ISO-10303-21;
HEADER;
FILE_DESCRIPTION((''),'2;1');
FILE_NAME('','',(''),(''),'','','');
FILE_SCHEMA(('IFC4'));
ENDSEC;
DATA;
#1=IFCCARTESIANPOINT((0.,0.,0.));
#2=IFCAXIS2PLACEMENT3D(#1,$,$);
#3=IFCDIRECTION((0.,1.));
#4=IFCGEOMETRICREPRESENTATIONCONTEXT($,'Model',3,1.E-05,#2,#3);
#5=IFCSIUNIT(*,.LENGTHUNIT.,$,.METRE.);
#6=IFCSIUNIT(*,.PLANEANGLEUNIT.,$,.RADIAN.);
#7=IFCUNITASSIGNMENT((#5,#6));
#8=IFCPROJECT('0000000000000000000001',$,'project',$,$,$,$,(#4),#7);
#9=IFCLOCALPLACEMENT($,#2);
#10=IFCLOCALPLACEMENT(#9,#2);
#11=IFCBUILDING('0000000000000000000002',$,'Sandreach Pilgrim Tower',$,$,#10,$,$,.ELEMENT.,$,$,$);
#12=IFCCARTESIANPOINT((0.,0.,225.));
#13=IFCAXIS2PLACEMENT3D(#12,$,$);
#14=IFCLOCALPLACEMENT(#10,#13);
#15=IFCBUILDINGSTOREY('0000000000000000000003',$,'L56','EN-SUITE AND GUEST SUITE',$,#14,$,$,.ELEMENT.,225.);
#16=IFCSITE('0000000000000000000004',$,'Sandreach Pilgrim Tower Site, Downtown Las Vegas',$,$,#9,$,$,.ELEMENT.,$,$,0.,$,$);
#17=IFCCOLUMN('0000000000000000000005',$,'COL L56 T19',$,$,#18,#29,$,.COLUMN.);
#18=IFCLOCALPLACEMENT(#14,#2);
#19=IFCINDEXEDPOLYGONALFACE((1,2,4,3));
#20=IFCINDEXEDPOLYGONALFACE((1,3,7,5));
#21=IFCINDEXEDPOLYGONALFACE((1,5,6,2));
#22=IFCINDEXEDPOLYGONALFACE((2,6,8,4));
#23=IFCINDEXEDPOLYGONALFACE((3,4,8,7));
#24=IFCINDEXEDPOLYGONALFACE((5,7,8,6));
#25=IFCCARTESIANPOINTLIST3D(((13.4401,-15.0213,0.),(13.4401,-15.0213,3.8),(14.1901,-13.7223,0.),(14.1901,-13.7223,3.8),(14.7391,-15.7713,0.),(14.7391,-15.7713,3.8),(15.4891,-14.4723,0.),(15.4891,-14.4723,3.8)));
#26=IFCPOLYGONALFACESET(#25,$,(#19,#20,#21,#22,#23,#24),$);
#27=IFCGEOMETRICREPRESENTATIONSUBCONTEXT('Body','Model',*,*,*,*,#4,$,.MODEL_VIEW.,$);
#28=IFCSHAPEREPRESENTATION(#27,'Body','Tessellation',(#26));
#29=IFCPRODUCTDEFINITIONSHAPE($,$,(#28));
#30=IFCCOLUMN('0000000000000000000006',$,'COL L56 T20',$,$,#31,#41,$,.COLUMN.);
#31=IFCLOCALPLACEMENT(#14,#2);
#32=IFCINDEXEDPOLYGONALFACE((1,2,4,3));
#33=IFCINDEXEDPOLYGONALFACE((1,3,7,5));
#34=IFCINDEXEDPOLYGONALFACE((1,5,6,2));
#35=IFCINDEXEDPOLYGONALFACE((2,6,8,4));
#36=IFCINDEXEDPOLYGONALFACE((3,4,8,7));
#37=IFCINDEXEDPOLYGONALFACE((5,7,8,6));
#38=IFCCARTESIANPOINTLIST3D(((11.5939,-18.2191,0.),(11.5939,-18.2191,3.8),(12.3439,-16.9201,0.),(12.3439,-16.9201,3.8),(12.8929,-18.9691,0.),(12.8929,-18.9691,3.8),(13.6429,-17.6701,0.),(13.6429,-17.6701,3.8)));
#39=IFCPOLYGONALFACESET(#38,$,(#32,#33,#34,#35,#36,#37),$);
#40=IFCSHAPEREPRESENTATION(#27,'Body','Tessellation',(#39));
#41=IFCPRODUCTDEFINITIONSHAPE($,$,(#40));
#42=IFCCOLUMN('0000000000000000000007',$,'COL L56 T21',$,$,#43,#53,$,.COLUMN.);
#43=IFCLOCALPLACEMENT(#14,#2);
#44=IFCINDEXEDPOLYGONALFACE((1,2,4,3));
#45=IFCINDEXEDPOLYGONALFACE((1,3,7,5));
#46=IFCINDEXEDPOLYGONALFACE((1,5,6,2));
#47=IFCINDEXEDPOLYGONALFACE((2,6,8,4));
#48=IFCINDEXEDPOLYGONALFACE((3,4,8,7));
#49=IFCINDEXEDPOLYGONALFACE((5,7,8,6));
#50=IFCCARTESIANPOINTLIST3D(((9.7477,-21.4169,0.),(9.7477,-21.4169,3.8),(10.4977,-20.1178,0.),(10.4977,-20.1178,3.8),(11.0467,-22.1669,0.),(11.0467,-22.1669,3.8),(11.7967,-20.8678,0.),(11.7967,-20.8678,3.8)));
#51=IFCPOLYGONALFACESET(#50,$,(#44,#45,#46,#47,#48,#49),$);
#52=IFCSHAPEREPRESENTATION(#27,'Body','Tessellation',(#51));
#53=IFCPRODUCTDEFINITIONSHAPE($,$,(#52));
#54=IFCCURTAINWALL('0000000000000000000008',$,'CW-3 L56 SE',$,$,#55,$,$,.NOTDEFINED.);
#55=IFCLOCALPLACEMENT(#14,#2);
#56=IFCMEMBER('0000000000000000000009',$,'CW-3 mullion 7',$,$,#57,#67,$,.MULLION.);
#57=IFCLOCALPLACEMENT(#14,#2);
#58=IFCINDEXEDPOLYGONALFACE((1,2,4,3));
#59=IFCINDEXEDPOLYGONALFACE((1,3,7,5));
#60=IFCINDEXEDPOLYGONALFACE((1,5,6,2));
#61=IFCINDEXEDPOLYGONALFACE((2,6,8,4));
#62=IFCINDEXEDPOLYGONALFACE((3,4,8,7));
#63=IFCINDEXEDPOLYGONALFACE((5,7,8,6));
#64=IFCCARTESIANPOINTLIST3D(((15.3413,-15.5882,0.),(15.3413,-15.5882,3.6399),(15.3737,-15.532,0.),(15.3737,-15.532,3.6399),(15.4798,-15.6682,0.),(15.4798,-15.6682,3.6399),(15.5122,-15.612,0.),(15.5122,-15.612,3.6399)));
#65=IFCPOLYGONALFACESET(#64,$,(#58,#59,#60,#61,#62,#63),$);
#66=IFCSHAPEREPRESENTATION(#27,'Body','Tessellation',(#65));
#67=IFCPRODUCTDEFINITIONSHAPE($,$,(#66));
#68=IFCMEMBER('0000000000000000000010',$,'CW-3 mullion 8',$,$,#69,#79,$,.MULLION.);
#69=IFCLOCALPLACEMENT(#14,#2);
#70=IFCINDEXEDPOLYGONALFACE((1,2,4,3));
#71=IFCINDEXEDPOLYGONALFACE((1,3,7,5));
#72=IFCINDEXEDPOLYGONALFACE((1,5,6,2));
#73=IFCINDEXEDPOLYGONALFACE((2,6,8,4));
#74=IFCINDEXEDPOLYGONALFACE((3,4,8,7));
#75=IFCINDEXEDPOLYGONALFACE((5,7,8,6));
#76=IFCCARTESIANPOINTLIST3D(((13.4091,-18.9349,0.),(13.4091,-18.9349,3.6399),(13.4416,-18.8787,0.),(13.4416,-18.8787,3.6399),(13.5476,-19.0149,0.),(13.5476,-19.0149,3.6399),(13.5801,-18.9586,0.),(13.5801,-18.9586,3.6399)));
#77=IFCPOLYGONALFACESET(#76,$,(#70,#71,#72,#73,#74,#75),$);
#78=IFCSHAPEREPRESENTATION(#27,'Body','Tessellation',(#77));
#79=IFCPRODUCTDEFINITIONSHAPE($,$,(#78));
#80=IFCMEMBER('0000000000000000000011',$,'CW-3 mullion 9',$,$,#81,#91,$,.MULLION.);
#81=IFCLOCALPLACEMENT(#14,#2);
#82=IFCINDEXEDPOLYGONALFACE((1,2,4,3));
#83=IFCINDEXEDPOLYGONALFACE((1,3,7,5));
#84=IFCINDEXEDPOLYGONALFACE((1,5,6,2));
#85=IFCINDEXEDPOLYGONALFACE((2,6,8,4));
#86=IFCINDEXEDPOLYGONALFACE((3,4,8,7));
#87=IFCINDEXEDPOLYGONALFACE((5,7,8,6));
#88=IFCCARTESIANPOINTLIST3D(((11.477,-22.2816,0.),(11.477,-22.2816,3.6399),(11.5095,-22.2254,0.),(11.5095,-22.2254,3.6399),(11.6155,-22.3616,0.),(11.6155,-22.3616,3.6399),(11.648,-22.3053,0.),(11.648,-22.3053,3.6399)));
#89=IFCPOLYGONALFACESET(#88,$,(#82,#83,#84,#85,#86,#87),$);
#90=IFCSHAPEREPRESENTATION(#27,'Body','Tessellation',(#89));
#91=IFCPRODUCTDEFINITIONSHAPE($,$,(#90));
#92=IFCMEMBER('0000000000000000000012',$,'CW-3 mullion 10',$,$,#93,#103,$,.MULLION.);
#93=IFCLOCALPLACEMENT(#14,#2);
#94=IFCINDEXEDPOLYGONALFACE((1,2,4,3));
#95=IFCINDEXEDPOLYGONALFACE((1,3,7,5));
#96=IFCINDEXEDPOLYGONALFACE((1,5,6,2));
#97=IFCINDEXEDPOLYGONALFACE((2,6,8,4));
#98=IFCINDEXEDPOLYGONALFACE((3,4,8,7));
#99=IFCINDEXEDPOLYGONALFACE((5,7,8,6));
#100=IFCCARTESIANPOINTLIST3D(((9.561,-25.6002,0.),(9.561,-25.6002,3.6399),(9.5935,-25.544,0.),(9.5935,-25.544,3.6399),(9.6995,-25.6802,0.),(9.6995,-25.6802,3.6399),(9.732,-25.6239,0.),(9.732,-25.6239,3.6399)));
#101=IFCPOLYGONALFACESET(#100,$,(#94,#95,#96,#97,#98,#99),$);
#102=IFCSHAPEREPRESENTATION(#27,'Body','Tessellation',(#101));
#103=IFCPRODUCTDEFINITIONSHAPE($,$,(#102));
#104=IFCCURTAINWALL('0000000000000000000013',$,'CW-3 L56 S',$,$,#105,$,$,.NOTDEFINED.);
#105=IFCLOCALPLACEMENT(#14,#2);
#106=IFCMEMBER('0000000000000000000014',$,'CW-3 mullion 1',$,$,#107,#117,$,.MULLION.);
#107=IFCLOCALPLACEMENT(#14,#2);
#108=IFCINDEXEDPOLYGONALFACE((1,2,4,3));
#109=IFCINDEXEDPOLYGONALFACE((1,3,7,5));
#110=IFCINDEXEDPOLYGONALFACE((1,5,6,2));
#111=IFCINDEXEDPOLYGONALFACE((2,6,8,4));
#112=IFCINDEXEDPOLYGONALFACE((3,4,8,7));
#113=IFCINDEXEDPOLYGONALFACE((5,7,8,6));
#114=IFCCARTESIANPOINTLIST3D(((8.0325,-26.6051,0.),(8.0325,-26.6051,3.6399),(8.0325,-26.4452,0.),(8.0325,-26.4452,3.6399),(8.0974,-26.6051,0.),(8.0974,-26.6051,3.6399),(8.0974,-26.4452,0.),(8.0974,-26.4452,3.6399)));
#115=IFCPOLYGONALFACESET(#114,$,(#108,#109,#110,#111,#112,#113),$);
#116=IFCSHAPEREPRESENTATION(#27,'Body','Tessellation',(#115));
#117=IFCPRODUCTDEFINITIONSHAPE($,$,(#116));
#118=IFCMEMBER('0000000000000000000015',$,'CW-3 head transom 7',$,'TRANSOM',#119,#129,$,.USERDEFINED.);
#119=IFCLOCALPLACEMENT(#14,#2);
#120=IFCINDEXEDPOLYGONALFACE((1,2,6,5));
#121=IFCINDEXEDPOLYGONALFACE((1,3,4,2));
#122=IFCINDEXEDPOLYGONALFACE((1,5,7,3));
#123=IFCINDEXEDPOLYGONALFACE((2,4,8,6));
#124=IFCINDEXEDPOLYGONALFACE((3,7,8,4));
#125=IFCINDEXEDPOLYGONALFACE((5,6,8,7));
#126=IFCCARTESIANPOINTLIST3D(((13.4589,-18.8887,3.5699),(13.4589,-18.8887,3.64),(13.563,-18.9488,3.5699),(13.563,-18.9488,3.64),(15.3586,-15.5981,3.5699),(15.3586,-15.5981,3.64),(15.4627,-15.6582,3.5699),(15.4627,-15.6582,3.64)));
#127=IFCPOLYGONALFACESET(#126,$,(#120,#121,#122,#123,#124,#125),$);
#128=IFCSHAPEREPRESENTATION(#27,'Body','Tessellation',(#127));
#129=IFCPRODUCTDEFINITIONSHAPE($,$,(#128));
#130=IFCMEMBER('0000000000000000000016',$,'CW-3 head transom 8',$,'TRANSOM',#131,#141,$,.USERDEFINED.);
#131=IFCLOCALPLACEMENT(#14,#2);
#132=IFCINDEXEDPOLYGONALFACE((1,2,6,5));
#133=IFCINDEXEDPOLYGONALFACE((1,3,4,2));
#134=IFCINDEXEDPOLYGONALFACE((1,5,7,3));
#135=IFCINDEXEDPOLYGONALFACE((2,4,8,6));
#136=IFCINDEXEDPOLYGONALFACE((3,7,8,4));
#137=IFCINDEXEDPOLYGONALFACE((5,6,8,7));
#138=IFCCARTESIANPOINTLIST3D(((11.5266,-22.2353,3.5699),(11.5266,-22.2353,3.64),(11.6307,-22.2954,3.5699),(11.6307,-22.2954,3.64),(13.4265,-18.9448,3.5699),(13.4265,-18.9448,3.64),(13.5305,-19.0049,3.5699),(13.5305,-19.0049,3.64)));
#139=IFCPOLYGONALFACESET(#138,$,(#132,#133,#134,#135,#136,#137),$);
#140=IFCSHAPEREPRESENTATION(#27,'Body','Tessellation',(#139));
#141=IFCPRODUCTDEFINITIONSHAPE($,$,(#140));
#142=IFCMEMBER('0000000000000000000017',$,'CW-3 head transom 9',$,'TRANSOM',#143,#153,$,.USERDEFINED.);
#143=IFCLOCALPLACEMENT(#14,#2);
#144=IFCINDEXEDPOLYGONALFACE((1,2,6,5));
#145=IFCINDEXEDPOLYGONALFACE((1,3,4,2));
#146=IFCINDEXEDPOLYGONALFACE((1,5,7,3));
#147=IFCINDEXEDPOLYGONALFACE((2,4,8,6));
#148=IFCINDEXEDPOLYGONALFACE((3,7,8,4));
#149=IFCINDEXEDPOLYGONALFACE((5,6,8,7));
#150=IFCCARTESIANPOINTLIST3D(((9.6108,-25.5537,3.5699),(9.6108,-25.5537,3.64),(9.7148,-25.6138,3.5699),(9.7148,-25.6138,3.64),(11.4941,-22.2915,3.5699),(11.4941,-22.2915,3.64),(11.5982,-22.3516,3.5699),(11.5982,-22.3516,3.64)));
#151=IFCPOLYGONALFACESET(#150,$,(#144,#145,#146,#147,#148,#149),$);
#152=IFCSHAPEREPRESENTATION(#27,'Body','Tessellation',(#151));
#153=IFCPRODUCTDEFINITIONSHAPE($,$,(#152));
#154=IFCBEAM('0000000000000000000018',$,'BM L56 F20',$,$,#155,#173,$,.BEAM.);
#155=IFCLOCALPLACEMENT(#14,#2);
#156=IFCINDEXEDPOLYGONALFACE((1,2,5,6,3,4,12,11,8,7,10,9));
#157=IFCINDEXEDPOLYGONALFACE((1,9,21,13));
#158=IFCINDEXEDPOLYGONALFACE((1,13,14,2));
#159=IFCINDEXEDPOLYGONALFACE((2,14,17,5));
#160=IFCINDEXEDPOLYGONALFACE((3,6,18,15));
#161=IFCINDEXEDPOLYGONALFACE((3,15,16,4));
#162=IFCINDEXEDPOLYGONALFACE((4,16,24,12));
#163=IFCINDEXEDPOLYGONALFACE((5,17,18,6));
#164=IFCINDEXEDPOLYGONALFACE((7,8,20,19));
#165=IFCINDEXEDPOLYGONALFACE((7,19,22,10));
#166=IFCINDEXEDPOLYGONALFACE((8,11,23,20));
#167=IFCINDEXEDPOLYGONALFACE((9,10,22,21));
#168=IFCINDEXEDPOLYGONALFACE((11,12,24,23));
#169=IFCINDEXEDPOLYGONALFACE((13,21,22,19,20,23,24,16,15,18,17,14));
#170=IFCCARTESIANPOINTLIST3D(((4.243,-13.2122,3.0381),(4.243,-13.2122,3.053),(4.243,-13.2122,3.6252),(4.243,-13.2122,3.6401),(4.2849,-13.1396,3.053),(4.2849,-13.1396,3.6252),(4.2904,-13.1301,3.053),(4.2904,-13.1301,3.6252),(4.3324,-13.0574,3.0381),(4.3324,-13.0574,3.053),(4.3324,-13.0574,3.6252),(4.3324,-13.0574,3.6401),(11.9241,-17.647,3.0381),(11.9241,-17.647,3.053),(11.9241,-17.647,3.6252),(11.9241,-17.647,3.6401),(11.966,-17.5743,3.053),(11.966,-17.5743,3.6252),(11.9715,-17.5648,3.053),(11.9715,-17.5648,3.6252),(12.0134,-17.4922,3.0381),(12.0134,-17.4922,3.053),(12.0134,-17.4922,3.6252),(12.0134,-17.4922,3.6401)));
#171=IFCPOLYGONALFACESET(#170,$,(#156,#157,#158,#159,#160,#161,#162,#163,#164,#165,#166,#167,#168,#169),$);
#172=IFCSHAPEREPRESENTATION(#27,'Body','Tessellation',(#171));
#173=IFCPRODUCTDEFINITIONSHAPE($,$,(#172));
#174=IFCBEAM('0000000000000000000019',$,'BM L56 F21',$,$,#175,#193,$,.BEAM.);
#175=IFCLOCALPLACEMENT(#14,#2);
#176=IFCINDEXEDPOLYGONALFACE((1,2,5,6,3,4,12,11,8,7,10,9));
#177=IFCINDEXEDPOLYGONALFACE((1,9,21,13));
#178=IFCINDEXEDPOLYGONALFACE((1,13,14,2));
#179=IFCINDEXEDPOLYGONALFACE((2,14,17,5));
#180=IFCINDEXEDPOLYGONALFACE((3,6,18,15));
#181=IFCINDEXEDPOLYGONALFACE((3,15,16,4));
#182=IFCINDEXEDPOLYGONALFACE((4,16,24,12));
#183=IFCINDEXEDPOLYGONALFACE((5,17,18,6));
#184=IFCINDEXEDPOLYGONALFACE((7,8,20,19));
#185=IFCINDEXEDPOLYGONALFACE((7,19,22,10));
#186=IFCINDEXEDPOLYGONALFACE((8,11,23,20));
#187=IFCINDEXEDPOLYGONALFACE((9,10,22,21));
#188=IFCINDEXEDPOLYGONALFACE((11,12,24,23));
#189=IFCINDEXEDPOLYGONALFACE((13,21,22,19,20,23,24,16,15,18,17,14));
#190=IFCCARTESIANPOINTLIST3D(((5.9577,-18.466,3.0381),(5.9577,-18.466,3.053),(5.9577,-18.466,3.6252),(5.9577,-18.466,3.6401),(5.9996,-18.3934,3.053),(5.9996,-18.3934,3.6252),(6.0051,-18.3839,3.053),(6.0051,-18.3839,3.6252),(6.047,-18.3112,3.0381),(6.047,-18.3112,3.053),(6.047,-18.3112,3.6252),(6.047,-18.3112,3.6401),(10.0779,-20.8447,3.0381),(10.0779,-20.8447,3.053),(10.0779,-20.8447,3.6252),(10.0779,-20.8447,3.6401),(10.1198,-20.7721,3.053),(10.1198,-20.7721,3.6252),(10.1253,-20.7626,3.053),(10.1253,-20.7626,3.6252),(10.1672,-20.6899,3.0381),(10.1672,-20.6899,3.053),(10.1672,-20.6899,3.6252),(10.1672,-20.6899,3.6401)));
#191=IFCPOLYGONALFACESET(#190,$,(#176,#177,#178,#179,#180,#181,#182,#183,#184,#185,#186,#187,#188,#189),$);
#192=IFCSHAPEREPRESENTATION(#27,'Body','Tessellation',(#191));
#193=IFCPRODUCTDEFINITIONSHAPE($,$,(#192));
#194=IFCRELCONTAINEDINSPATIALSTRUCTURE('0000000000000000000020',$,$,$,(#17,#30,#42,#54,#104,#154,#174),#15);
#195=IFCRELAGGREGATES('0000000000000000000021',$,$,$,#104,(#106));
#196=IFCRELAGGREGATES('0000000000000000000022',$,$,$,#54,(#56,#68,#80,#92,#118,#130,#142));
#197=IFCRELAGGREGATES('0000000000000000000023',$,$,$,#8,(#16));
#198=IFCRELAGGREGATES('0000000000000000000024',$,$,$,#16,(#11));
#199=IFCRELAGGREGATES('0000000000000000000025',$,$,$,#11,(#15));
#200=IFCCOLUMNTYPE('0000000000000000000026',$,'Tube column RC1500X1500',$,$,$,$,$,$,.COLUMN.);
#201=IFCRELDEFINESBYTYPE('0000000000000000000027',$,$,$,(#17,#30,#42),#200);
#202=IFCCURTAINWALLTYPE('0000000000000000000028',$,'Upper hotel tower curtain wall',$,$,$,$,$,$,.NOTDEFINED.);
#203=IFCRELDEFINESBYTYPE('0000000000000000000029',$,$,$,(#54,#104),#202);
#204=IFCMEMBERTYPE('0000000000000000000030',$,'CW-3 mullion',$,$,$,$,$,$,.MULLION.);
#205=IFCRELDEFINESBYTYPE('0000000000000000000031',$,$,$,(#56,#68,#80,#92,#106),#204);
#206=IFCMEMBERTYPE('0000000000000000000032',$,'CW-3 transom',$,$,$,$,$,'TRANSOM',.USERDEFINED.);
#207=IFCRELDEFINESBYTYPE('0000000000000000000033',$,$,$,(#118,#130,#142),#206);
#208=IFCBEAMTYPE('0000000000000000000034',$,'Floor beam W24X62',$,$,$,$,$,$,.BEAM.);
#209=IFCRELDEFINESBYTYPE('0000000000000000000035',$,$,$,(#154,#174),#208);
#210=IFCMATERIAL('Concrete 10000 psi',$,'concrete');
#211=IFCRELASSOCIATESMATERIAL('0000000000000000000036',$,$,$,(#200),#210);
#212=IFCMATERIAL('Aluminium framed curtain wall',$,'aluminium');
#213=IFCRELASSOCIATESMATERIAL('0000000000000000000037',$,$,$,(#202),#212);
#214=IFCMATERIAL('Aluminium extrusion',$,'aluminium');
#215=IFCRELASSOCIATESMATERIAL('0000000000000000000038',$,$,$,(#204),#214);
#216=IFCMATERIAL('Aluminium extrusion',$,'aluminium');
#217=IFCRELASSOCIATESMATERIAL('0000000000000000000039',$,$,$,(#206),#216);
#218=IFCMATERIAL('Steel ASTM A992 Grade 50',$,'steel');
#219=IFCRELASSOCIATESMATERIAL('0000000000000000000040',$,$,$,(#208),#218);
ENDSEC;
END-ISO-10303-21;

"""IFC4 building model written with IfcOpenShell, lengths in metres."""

from ifc_helpers import new_model, si_unit, direction, frame, origin, origin_2d, place, context, subcontext, project, spatial, rectangle, i_section, extrude, material, material_profile, profile_set, type_object, element, aggregate, save


model = new_model("IFC4")

# Units and contexts
model_context = context("Model", 3, precision=1e-05, world=origin(), true_north=direction((0.0, 1.0)))
body_context = subcontext(model_context, "Body", "Model", "MODEL_VIEW")
ifc_project = project(units=[si_unit("LENGTHUNIT", "METRE"), si_unit("PLANEANGLEUNIT", "RADIAN")], contexts=[model_context])

# Site, building, storey
site_placement = place(None, origin())
site = spatial("IfcSite", under=ifc_project, at=site_placement, Name="Sandreach Pilgrim Tower Site, Downtown Las Vegas", CompositionType="ELEMENT", RefElevation=0.0)
building_placement = place(site_placement, origin())
building = spatial("IfcBuilding", under=site, at=building_placement, Name="Sandreach Pilgrim Tower", CompositionType="ELEMENT")
storey_placement = place(building_placement, frame((0.0, 0.0, 225.0)))
storey = spatial("IfcBuildingStorey", under=building, at=storey_placement, Name="L56", Description="EN-SUITE AND GUEST SUITE", CompositionType="ELEMENT", Elevation=225.0)

# Columns
ifc_material_1 = material(Name="Concrete 10000 psi", Category="concrete")
ifc_material_profile_1 = material_profile(ifc_material_1, rectangle(XDim=1.5, YDim=1.5, at=origin_2d()), Name="RC1500X1500")
ifc_profile_set_1 = profile_set([ifc_material_profile_1], Name="Concrete 10000 psi")
column_type = type_object("IfcColumnType", Name="Tube column RC1500X1500", PredefinedType="COLUMN", material=ifc_profile_set_1)
for number, where, z_axis, x_axis, name in (
    (1, (14.4646, -14.7468, 0.0), (0.0, 0.0, 1.0), (0.866025, -0.5, 0.0), "COL L56 T19"),
    (2, (12.6184, -17.9446, 0.0), (0.0, 0.0, 1.0), (0.866025, -0.5, 0.0), "COL L56 T20"),
    (3, (10.7722, -21.1423, 0.0), (0.0, 0.0, 1.0), (0.866025, -0.5, 0.0), "COL L56 T21"),
):
    element("IfcColumn", number, at=place(storey_placement, frame(where, z_axis=z_axis, x_axis=x_axis)), inside=storey, type_object=column_type, Name=name, PredefinedType="COLUMN", context=body_context, shape_type="SweptSolid", body=[
        extrude(rectangle(XDim=1.5, YDim=1.5, at=origin_2d()), origin(), (0.0, 0.0, 1.0), 3.8),
    ])

# Curtain wall, members
ifc_material_2 = material(Name="Aluminium framed curtain wall", Category="aluminium")
curtain_wall_type = type_object("IfcCurtainWallType", Name="Upper hotel tower curtain wall", PredefinedType="NOTDEFINED", material=ifc_material_2)
curtain_wall_1_placement = place(storey_placement, origin())
curtain_wall_1 = element("IfcCurtainWall", 4, at=curtain_wall_1_placement, inside=storey, type_object=curtain_wall_type, Name="CW-3 L56 SE", PredefinedType="NOTDEFINED")
ifc_material_3 = material(Name="Aluminium extrusion", Category="aluminium")
ifc_material_profile_2 = material_profile(ifc_material_3, rectangle(XDim=0.0649, YDim=0.1599, at=origin_2d()), Name="CW-3M 65X160")
ifc_profile_set_2 = profile_set([ifc_material_profile_2], Name="Aluminium extrusion")
member_type_1 = type_object("IfcMemberType", Name="CW-3 mullion", PredefinedType="MULLION", material=ifc_profile_set_2)
member_1_placement = place(storey_placement, frame((15.4268, -15.6001, 0.0), z_axis=(0.0, 0.0, 1.0), x_axis=(-0.5, -0.866025, 0.0)))
member_1 = element("IfcMember", 5, at=member_1_placement, type_object=member_type_1, Name="CW-3 mullion 7", PredefinedType="MULLION", context=body_context, shape_type="SweptSolid", body=[
    extrude(rectangle(XDim=0.0649, YDim=0.1599, at=origin_2d()), origin(), (0.0, 0.0, 1.0), 3.6399),
])
member_2_placement = place(storey_placement, frame((13.4946, -18.9468, 0.0), z_axis=(0.0, 0.0, 1.0), x_axis=(-0.5, -0.866025, 0.0)))
member_2 = element("IfcMember", 6, at=member_2_placement, type_object=member_type_1, Name="CW-3 mullion 8", PredefinedType="MULLION", context=body_context, shape_type="SweptSolid", body=[
    extrude(rectangle(XDim=0.0649, YDim=0.1599, at=origin_2d()), origin(), (0.0, 0.0, 1.0), 3.6399),
])
member_3_placement = place(storey_placement, frame((11.5625, -22.2935, 0.0), z_axis=(0.0, 0.0, 1.0), x_axis=(-0.5, -0.866025, 0.0)))
member_3 = element("IfcMember", 7, at=member_3_placement, type_object=member_type_1, Name="CW-3 mullion 9", PredefinedType="MULLION", context=body_context, shape_type="SweptSolid", body=[
    extrude(rectangle(XDim=0.0649, YDim=0.1599, at=origin_2d()), origin(), (0.0, 0.0, 1.0), 3.6399),
])
member_4_placement = place(storey_placement, frame((9.6465, -25.6121, 0.0), z_axis=(0.0, 0.0, 1.0), x_axis=(-0.5, -0.866025, 0.0)))
member_4 = element("IfcMember", 8, at=member_4_placement, type_object=member_type_1, Name="CW-3 mullion 10", PredefinedType="MULLION", context=body_context, shape_type="SweptSolid", body=[
    extrude(rectangle(XDim=0.0649, YDim=0.1599, at=origin_2d()), origin(), (0.0, 0.0, 1.0), 3.6399),
])

# Curtain wall, member
curtain_wall_2_placement = place(storey_placement, origin())
curtain_wall_2 = element("IfcCurtainWall", 9, at=curtain_wall_2_placement, inside=storey, type_object=curtain_wall_type, Name="CW-3 L56 S", PredefinedType="NOTDEFINED")
member_5_placement = place(storey_placement, frame((8.0649, -26.5251, 0.0), z_axis=(0.0, 0.0, 1.0), x_axis=(-1.0, 0.0, 0.0)))
member_5 = element("IfcMember", 10, at=member_5_placement, type_object=member_type_1, Name="CW-3 mullion 1", PredefinedType="MULLION", context=body_context, shape_type="SweptSolid", body=[
    extrude(rectangle(XDim=0.0649, YDim=0.1599, at=origin_2d()), origin(), (0.0, 0.0, 1.0), 3.6399),
])
aggregate(curtain_wall_2, [member_5])

# Members
ifc_material_4 = material(Name="Aluminium extrusion", Category="aluminium")
ifc_material_profile_3 = material_profile(ifc_material_4, rectangle(XDim=0.1201, YDim=0.0701, at=origin_2d()), Name="CW-3T 120X70")
ifc_profile_set_3 = profile_set([ifc_material_profile_3], Name="Aluminium extrusion")
member_type_2 = type_object("IfcMemberType", Name="CW-3 transom", ElementType="TRANSOM", PredefinedType="USERDEFINED", material=ifc_profile_set_3)
member_6_placement = place(storey_placement, frame((15.4106, -15.6282, 3.605), z_axis=(-0.499975, -0.86604, 0.0), x_axis=(0.86604, -0.499975, 0.0)))
member_6 = element("IfcMember", 11, at=member_6_placement, type_object=member_type_2, Name="CW-3 head transom 7", ObjectType="TRANSOM", PredefinedType="USERDEFINED", context=body_context, shape_type="SweptSolid", body=[
    extrude(rectangle(XDim=0.1201, YDim=0.0701, at=origin_2d()), origin(), (0.0, 0.0, 1.0), 3.7996),
])
member_7_placement = place(storey_placement, frame((13.4785, -18.9749, 3.605), z_axis=(-0.500023, -0.866012, 0.0), x_axis=(0.866012, -0.500023, 0.0)))
member_7 = element("IfcMember", 12, at=member_7_placement, type_object=member_type_2, Name="CW-3 head transom 8", ObjectType="TRANSOM", PredefinedType="USERDEFINED", context=body_context, shape_type="SweptSolid", body=[
    extrude(rectangle(XDim=0.1201, YDim=0.0701, at=origin_2d()), origin(), (0.0, 0.0, 1.0), 3.7996),
])
member_8_placement = place(storey_placement, frame((11.5461, -22.3215, 3.605), z_axis=(-0.499973, -0.866041, 0.0), x_axis=(0.866041, -0.499973, 0.0)))
member_8 = element("IfcMember", 13, at=member_8_placement, type_object=member_type_2, Name="CW-3 head transom 9", ObjectType="TRANSOM", PredefinedType="USERDEFINED", context=body_context, shape_type="SweptSolid", body=[
    extrude(rectangle(XDim=0.1201, YDim=0.0701, at=origin_2d()), origin(), (0.0, 0.0, 1.0), 3.7668),
])

# Beams
ifc_material_5 = material(Name="Steel ASTM A992 Grade 50", Category="steel")
ifc_material_profile_4 = material_profile(ifc_material_5, i_section(OverallWidth=0.1787, OverallDepth=0.6021, WebThickness=0.011, FlangeThickness=0.0149, at=origin_2d()), Name="W24X62")
ifc_profile_set_4 = profile_set([ifc_material_profile_4], Name="Steel ASTM A992 Grade 50")
beam_type_1 = type_object("IfcBeamType", Name="Floor beam W24X62", PredefinedType="BEAM", material=ifc_profile_set_4)
beam_1_placement = place(storey_placement, frame((11.9688, -17.5696, 3.3391), z_axis=(-0.866021, 0.500008, 0.0), x_axis=(-0.500008, -0.866021, 0.0)))
element("IfcBeam", 14, at=beam_1_placement, inside=storey, type_object=beam_type_1, Name="BM L56 F20", PredefinedType="BEAM", context=body_context, shape_type="SweptSolid", body=[
    extrude(i_section(OverallWidth=0.1787, OverallDepth=0.6021, WebThickness=0.011, FlangeThickness=0.0149, at=origin_2d()), origin(), (0.0, 0.0, 1.0), 8.8694),
])
beam_2_placement = place(storey_placement, frame((10.1226, -20.7673, 3.3391), z_axis=(-0.866033, 0.499986, 0.0), x_axis=(-0.499986, -0.866033, 0.0)))
element("IfcBeam", 15, at=beam_2_placement, inside=storey, type_object=beam_type_1, Name="BM L56 F21", PredefinedType="BEAM", context=body_context, shape_type="SweptSolid", body=[
    extrude(i_section(OverallWidth=0.1787, OverallDepth=0.6021, WebThickness=0.011, FlangeThickness=0.0149, at=origin_2d()), origin(), (0.0, 0.0, 1.0), 4.7576),
])

aggregate(curtain_wall_1, [member_1, member_2, member_3, member_4, member_6, member_7, member_8])

save(model, "model.ifc")
